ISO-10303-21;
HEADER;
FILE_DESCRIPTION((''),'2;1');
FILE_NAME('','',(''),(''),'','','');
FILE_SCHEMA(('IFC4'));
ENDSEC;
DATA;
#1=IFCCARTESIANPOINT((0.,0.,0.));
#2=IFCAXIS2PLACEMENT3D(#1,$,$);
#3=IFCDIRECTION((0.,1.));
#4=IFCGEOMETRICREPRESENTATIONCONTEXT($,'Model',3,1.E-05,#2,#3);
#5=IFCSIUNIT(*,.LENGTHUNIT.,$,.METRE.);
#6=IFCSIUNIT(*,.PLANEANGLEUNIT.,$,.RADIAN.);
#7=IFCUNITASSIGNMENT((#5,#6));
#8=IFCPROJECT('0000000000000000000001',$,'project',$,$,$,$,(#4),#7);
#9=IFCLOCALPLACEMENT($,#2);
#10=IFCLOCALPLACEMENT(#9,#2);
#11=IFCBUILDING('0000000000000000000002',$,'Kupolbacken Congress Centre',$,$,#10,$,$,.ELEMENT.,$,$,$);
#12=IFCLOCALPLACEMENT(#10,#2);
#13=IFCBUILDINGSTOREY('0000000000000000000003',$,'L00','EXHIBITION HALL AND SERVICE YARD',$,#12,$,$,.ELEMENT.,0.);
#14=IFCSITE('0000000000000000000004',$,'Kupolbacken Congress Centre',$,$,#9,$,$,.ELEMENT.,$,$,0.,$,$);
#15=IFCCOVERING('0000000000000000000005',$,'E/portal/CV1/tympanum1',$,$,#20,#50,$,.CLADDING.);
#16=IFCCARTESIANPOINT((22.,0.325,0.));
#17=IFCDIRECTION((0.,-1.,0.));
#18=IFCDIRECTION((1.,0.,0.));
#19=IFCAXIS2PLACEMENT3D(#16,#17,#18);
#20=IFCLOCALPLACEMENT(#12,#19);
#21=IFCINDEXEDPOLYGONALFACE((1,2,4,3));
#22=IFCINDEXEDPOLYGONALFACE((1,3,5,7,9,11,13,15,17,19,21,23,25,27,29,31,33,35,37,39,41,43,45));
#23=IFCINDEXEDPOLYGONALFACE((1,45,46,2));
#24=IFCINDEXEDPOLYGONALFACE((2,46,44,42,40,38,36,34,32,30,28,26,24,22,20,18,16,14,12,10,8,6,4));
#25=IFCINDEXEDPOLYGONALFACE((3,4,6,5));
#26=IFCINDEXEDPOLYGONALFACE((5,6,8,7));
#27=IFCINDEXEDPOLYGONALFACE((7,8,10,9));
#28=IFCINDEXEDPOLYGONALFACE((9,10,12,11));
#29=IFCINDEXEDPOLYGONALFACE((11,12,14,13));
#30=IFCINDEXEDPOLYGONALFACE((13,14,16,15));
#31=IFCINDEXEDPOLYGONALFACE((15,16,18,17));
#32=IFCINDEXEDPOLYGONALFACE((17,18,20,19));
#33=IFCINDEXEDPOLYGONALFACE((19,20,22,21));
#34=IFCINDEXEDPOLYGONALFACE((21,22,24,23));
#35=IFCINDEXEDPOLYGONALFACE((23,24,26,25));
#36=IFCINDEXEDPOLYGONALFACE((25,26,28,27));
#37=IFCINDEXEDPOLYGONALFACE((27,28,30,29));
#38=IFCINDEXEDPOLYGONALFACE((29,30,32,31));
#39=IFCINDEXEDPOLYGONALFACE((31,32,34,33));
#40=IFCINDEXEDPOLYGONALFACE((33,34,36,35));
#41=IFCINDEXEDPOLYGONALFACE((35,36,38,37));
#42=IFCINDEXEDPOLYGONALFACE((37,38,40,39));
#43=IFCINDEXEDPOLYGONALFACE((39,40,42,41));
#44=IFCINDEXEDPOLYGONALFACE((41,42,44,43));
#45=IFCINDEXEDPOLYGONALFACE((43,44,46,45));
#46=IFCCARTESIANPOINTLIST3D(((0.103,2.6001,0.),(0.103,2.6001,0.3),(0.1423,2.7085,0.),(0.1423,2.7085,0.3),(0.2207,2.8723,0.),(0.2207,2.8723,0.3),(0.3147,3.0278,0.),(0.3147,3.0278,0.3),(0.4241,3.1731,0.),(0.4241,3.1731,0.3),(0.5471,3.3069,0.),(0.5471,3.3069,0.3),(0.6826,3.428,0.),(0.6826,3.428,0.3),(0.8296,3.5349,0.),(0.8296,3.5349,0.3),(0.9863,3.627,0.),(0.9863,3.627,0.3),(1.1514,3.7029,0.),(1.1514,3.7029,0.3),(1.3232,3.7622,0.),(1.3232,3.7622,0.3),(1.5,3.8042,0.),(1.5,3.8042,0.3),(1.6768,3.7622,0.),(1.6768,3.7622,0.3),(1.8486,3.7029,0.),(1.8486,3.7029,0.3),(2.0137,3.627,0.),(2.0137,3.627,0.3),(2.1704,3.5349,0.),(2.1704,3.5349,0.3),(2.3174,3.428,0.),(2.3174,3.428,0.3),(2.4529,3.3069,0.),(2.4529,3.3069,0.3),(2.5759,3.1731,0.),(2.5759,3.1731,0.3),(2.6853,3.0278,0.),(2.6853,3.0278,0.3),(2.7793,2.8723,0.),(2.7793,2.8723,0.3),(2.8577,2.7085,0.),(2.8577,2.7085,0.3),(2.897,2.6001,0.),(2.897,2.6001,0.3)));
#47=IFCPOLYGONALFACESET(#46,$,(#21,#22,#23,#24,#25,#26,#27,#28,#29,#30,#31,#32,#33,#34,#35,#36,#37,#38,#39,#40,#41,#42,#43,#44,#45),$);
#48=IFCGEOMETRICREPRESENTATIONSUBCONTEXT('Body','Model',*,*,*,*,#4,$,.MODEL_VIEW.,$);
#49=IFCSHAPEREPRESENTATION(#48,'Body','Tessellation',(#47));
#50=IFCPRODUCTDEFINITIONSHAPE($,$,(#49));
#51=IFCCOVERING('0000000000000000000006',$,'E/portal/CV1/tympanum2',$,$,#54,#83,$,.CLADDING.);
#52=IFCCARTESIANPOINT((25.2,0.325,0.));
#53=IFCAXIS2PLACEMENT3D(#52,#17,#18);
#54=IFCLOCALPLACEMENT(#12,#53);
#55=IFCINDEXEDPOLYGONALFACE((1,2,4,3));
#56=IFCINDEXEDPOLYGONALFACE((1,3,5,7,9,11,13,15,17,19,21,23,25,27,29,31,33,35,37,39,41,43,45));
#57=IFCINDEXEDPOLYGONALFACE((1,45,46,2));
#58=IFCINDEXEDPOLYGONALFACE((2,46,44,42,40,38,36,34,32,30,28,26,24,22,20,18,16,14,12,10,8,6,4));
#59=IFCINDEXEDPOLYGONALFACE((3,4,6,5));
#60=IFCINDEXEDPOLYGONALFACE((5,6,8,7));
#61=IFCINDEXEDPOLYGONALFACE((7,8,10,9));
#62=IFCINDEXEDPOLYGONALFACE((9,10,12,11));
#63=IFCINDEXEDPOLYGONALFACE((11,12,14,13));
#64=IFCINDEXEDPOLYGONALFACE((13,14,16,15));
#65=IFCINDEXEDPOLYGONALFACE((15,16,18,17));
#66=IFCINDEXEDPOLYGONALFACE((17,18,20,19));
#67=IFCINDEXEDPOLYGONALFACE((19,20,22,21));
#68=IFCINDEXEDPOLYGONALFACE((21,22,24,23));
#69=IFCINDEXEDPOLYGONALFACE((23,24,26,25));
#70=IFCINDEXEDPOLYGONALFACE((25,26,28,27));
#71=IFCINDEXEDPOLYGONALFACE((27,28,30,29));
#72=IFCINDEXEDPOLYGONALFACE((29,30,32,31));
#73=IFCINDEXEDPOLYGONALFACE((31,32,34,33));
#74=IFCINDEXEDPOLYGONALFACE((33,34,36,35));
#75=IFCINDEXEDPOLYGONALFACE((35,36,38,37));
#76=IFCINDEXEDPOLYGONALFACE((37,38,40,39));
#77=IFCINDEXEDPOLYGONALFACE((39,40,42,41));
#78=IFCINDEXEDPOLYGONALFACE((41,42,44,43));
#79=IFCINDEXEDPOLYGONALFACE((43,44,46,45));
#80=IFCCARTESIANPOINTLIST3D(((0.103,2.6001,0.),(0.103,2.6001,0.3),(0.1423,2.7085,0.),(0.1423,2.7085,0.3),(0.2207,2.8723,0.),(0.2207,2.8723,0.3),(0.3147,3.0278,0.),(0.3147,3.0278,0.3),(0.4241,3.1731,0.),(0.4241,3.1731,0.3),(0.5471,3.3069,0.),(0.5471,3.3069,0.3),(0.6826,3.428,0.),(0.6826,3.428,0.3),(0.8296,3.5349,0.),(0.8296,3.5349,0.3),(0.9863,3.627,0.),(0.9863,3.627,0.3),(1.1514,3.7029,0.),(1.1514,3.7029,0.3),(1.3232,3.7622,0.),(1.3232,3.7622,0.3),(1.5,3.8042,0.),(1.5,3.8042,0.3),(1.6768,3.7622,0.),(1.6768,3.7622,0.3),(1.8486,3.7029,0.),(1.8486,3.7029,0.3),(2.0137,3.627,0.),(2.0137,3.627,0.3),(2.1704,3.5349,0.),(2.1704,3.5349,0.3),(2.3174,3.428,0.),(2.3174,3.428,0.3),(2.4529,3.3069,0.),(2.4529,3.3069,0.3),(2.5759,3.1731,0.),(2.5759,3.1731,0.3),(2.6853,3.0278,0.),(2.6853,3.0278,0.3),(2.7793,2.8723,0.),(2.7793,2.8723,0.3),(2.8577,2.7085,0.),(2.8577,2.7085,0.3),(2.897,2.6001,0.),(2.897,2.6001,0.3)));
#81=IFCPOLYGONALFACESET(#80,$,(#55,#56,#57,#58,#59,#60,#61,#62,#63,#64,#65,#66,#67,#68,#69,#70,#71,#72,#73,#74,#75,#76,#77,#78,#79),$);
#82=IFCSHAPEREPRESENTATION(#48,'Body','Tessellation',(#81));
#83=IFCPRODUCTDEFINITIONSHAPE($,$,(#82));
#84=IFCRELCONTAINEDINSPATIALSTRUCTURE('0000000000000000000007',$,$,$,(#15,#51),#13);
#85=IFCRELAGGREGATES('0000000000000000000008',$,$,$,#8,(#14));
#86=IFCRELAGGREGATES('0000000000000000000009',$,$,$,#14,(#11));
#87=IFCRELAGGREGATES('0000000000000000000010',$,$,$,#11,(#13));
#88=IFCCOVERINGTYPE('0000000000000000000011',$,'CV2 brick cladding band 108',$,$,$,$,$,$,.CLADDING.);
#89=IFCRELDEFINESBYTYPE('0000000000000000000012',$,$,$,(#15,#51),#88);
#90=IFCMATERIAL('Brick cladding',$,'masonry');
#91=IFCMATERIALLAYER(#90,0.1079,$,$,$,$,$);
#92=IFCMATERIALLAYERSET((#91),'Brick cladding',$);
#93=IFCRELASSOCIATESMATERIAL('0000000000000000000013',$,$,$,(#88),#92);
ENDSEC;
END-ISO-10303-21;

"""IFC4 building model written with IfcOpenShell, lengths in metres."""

from ifc_helpers import new_model, si_unit, direction, frame, origin, place, context, subcontext, project, spatial, polyline, outline, extrude, material, layer, layer_set, type_object, element, save


model = new_model("IFC4")

# Units and contexts
model_context = context("Model", 3, precision=1e-05, world=origin(), true_north=direction((0.0, 1.0)))
body_context = subcontext(model_context, "Body", "Model", "MODEL_VIEW")
ifc_project = project(units=[si_unit("LENGTHUNIT", "METRE"), si_unit("PLANEANGLEUNIT", "RADIAN")], contexts=[model_context])

# Site, building, storey
site_placement = place(None, origin())
site = spatial("IfcSite", under=ifc_project, at=site_placement, Name="Kupolbacken Congress Centre", CompositionType="ELEMENT", RefElevation=0.0)
building_placement = place(site_placement, origin())
building = spatial("IfcBuilding", under=site, at=building_placement, Name="Kupolbacken Congress Centre", CompositionType="ELEMENT")
storey_placement = place(building_placement, origin())
storey = spatial("IfcBuildingStorey", under=building, at=storey_placement, Name="L00", Description="EXHIBITION HALL AND SERVICE YARD", CompositionType="ELEMENT", Elevation=0.0)

# Coverings
ifc_material_1 = material(Name="Brick cladding", Category="masonry")
ifc_layer_1 = layer(ifc_material_1, 0.1079)
ifc_layer_set_1 = layer_set([ifc_layer_1], Name="Brick cladding")
covering_type_1 = type_object("IfcCoveringType", Name="CV2 brick cladding band 108", PredefinedType="CLADDING", material=ifc_layer_set_1)
for number, where, z_axis, x_axis, name in (
    (1, (22.0, 0.325, 0.0), (0.0, -1.0, 0.0), (1.0, 0.0, 0.0), "E/portal/CV1/tympanum1"),
    (2, (25.2, 0.325, 0.0), (0.0, -1.0, 0.0), (1.0, 0.0, 0.0), "E/portal/CV1/tympanum2"),
):
    element("IfcCovering", number, at=place(storey_placement, frame(where, z_axis=z_axis, x_axis=x_axis)), inside=storey, type_object=covering_type_1, Name=name, PredefinedType="CLADDING", context=body_context, shape_type="SweptSolid", body=[
        extrude(outline(polyline([(0.1423, 2.7085), (0.2207, 2.8723), (0.3147, 3.0278), (0.4241, 3.1731), (0.5471, 3.3069), (0.6826, 3.428), (0.8296, 3.5349), (0.9863, 3.627), (1.1514, 3.7029), (1.3232, 3.7622), (1.5, 3.8042), (1.6768, 3.7622), (1.8486, 3.7029), (2.0137, 3.627), (2.1704, 3.5349), (2.3174, 3.428), (2.4529, 3.3069), (2.5759, 3.1731), (2.6853, 3.0278), (2.7793, 2.8723), (2.8577, 2.7085), (2.897, 2.6001), (0.103, 2.6001), (0.1423, 2.7085)])), origin(), (0.0, 0.0, 1.0), 0.3),
    ])

save(model, "model.ifc")
